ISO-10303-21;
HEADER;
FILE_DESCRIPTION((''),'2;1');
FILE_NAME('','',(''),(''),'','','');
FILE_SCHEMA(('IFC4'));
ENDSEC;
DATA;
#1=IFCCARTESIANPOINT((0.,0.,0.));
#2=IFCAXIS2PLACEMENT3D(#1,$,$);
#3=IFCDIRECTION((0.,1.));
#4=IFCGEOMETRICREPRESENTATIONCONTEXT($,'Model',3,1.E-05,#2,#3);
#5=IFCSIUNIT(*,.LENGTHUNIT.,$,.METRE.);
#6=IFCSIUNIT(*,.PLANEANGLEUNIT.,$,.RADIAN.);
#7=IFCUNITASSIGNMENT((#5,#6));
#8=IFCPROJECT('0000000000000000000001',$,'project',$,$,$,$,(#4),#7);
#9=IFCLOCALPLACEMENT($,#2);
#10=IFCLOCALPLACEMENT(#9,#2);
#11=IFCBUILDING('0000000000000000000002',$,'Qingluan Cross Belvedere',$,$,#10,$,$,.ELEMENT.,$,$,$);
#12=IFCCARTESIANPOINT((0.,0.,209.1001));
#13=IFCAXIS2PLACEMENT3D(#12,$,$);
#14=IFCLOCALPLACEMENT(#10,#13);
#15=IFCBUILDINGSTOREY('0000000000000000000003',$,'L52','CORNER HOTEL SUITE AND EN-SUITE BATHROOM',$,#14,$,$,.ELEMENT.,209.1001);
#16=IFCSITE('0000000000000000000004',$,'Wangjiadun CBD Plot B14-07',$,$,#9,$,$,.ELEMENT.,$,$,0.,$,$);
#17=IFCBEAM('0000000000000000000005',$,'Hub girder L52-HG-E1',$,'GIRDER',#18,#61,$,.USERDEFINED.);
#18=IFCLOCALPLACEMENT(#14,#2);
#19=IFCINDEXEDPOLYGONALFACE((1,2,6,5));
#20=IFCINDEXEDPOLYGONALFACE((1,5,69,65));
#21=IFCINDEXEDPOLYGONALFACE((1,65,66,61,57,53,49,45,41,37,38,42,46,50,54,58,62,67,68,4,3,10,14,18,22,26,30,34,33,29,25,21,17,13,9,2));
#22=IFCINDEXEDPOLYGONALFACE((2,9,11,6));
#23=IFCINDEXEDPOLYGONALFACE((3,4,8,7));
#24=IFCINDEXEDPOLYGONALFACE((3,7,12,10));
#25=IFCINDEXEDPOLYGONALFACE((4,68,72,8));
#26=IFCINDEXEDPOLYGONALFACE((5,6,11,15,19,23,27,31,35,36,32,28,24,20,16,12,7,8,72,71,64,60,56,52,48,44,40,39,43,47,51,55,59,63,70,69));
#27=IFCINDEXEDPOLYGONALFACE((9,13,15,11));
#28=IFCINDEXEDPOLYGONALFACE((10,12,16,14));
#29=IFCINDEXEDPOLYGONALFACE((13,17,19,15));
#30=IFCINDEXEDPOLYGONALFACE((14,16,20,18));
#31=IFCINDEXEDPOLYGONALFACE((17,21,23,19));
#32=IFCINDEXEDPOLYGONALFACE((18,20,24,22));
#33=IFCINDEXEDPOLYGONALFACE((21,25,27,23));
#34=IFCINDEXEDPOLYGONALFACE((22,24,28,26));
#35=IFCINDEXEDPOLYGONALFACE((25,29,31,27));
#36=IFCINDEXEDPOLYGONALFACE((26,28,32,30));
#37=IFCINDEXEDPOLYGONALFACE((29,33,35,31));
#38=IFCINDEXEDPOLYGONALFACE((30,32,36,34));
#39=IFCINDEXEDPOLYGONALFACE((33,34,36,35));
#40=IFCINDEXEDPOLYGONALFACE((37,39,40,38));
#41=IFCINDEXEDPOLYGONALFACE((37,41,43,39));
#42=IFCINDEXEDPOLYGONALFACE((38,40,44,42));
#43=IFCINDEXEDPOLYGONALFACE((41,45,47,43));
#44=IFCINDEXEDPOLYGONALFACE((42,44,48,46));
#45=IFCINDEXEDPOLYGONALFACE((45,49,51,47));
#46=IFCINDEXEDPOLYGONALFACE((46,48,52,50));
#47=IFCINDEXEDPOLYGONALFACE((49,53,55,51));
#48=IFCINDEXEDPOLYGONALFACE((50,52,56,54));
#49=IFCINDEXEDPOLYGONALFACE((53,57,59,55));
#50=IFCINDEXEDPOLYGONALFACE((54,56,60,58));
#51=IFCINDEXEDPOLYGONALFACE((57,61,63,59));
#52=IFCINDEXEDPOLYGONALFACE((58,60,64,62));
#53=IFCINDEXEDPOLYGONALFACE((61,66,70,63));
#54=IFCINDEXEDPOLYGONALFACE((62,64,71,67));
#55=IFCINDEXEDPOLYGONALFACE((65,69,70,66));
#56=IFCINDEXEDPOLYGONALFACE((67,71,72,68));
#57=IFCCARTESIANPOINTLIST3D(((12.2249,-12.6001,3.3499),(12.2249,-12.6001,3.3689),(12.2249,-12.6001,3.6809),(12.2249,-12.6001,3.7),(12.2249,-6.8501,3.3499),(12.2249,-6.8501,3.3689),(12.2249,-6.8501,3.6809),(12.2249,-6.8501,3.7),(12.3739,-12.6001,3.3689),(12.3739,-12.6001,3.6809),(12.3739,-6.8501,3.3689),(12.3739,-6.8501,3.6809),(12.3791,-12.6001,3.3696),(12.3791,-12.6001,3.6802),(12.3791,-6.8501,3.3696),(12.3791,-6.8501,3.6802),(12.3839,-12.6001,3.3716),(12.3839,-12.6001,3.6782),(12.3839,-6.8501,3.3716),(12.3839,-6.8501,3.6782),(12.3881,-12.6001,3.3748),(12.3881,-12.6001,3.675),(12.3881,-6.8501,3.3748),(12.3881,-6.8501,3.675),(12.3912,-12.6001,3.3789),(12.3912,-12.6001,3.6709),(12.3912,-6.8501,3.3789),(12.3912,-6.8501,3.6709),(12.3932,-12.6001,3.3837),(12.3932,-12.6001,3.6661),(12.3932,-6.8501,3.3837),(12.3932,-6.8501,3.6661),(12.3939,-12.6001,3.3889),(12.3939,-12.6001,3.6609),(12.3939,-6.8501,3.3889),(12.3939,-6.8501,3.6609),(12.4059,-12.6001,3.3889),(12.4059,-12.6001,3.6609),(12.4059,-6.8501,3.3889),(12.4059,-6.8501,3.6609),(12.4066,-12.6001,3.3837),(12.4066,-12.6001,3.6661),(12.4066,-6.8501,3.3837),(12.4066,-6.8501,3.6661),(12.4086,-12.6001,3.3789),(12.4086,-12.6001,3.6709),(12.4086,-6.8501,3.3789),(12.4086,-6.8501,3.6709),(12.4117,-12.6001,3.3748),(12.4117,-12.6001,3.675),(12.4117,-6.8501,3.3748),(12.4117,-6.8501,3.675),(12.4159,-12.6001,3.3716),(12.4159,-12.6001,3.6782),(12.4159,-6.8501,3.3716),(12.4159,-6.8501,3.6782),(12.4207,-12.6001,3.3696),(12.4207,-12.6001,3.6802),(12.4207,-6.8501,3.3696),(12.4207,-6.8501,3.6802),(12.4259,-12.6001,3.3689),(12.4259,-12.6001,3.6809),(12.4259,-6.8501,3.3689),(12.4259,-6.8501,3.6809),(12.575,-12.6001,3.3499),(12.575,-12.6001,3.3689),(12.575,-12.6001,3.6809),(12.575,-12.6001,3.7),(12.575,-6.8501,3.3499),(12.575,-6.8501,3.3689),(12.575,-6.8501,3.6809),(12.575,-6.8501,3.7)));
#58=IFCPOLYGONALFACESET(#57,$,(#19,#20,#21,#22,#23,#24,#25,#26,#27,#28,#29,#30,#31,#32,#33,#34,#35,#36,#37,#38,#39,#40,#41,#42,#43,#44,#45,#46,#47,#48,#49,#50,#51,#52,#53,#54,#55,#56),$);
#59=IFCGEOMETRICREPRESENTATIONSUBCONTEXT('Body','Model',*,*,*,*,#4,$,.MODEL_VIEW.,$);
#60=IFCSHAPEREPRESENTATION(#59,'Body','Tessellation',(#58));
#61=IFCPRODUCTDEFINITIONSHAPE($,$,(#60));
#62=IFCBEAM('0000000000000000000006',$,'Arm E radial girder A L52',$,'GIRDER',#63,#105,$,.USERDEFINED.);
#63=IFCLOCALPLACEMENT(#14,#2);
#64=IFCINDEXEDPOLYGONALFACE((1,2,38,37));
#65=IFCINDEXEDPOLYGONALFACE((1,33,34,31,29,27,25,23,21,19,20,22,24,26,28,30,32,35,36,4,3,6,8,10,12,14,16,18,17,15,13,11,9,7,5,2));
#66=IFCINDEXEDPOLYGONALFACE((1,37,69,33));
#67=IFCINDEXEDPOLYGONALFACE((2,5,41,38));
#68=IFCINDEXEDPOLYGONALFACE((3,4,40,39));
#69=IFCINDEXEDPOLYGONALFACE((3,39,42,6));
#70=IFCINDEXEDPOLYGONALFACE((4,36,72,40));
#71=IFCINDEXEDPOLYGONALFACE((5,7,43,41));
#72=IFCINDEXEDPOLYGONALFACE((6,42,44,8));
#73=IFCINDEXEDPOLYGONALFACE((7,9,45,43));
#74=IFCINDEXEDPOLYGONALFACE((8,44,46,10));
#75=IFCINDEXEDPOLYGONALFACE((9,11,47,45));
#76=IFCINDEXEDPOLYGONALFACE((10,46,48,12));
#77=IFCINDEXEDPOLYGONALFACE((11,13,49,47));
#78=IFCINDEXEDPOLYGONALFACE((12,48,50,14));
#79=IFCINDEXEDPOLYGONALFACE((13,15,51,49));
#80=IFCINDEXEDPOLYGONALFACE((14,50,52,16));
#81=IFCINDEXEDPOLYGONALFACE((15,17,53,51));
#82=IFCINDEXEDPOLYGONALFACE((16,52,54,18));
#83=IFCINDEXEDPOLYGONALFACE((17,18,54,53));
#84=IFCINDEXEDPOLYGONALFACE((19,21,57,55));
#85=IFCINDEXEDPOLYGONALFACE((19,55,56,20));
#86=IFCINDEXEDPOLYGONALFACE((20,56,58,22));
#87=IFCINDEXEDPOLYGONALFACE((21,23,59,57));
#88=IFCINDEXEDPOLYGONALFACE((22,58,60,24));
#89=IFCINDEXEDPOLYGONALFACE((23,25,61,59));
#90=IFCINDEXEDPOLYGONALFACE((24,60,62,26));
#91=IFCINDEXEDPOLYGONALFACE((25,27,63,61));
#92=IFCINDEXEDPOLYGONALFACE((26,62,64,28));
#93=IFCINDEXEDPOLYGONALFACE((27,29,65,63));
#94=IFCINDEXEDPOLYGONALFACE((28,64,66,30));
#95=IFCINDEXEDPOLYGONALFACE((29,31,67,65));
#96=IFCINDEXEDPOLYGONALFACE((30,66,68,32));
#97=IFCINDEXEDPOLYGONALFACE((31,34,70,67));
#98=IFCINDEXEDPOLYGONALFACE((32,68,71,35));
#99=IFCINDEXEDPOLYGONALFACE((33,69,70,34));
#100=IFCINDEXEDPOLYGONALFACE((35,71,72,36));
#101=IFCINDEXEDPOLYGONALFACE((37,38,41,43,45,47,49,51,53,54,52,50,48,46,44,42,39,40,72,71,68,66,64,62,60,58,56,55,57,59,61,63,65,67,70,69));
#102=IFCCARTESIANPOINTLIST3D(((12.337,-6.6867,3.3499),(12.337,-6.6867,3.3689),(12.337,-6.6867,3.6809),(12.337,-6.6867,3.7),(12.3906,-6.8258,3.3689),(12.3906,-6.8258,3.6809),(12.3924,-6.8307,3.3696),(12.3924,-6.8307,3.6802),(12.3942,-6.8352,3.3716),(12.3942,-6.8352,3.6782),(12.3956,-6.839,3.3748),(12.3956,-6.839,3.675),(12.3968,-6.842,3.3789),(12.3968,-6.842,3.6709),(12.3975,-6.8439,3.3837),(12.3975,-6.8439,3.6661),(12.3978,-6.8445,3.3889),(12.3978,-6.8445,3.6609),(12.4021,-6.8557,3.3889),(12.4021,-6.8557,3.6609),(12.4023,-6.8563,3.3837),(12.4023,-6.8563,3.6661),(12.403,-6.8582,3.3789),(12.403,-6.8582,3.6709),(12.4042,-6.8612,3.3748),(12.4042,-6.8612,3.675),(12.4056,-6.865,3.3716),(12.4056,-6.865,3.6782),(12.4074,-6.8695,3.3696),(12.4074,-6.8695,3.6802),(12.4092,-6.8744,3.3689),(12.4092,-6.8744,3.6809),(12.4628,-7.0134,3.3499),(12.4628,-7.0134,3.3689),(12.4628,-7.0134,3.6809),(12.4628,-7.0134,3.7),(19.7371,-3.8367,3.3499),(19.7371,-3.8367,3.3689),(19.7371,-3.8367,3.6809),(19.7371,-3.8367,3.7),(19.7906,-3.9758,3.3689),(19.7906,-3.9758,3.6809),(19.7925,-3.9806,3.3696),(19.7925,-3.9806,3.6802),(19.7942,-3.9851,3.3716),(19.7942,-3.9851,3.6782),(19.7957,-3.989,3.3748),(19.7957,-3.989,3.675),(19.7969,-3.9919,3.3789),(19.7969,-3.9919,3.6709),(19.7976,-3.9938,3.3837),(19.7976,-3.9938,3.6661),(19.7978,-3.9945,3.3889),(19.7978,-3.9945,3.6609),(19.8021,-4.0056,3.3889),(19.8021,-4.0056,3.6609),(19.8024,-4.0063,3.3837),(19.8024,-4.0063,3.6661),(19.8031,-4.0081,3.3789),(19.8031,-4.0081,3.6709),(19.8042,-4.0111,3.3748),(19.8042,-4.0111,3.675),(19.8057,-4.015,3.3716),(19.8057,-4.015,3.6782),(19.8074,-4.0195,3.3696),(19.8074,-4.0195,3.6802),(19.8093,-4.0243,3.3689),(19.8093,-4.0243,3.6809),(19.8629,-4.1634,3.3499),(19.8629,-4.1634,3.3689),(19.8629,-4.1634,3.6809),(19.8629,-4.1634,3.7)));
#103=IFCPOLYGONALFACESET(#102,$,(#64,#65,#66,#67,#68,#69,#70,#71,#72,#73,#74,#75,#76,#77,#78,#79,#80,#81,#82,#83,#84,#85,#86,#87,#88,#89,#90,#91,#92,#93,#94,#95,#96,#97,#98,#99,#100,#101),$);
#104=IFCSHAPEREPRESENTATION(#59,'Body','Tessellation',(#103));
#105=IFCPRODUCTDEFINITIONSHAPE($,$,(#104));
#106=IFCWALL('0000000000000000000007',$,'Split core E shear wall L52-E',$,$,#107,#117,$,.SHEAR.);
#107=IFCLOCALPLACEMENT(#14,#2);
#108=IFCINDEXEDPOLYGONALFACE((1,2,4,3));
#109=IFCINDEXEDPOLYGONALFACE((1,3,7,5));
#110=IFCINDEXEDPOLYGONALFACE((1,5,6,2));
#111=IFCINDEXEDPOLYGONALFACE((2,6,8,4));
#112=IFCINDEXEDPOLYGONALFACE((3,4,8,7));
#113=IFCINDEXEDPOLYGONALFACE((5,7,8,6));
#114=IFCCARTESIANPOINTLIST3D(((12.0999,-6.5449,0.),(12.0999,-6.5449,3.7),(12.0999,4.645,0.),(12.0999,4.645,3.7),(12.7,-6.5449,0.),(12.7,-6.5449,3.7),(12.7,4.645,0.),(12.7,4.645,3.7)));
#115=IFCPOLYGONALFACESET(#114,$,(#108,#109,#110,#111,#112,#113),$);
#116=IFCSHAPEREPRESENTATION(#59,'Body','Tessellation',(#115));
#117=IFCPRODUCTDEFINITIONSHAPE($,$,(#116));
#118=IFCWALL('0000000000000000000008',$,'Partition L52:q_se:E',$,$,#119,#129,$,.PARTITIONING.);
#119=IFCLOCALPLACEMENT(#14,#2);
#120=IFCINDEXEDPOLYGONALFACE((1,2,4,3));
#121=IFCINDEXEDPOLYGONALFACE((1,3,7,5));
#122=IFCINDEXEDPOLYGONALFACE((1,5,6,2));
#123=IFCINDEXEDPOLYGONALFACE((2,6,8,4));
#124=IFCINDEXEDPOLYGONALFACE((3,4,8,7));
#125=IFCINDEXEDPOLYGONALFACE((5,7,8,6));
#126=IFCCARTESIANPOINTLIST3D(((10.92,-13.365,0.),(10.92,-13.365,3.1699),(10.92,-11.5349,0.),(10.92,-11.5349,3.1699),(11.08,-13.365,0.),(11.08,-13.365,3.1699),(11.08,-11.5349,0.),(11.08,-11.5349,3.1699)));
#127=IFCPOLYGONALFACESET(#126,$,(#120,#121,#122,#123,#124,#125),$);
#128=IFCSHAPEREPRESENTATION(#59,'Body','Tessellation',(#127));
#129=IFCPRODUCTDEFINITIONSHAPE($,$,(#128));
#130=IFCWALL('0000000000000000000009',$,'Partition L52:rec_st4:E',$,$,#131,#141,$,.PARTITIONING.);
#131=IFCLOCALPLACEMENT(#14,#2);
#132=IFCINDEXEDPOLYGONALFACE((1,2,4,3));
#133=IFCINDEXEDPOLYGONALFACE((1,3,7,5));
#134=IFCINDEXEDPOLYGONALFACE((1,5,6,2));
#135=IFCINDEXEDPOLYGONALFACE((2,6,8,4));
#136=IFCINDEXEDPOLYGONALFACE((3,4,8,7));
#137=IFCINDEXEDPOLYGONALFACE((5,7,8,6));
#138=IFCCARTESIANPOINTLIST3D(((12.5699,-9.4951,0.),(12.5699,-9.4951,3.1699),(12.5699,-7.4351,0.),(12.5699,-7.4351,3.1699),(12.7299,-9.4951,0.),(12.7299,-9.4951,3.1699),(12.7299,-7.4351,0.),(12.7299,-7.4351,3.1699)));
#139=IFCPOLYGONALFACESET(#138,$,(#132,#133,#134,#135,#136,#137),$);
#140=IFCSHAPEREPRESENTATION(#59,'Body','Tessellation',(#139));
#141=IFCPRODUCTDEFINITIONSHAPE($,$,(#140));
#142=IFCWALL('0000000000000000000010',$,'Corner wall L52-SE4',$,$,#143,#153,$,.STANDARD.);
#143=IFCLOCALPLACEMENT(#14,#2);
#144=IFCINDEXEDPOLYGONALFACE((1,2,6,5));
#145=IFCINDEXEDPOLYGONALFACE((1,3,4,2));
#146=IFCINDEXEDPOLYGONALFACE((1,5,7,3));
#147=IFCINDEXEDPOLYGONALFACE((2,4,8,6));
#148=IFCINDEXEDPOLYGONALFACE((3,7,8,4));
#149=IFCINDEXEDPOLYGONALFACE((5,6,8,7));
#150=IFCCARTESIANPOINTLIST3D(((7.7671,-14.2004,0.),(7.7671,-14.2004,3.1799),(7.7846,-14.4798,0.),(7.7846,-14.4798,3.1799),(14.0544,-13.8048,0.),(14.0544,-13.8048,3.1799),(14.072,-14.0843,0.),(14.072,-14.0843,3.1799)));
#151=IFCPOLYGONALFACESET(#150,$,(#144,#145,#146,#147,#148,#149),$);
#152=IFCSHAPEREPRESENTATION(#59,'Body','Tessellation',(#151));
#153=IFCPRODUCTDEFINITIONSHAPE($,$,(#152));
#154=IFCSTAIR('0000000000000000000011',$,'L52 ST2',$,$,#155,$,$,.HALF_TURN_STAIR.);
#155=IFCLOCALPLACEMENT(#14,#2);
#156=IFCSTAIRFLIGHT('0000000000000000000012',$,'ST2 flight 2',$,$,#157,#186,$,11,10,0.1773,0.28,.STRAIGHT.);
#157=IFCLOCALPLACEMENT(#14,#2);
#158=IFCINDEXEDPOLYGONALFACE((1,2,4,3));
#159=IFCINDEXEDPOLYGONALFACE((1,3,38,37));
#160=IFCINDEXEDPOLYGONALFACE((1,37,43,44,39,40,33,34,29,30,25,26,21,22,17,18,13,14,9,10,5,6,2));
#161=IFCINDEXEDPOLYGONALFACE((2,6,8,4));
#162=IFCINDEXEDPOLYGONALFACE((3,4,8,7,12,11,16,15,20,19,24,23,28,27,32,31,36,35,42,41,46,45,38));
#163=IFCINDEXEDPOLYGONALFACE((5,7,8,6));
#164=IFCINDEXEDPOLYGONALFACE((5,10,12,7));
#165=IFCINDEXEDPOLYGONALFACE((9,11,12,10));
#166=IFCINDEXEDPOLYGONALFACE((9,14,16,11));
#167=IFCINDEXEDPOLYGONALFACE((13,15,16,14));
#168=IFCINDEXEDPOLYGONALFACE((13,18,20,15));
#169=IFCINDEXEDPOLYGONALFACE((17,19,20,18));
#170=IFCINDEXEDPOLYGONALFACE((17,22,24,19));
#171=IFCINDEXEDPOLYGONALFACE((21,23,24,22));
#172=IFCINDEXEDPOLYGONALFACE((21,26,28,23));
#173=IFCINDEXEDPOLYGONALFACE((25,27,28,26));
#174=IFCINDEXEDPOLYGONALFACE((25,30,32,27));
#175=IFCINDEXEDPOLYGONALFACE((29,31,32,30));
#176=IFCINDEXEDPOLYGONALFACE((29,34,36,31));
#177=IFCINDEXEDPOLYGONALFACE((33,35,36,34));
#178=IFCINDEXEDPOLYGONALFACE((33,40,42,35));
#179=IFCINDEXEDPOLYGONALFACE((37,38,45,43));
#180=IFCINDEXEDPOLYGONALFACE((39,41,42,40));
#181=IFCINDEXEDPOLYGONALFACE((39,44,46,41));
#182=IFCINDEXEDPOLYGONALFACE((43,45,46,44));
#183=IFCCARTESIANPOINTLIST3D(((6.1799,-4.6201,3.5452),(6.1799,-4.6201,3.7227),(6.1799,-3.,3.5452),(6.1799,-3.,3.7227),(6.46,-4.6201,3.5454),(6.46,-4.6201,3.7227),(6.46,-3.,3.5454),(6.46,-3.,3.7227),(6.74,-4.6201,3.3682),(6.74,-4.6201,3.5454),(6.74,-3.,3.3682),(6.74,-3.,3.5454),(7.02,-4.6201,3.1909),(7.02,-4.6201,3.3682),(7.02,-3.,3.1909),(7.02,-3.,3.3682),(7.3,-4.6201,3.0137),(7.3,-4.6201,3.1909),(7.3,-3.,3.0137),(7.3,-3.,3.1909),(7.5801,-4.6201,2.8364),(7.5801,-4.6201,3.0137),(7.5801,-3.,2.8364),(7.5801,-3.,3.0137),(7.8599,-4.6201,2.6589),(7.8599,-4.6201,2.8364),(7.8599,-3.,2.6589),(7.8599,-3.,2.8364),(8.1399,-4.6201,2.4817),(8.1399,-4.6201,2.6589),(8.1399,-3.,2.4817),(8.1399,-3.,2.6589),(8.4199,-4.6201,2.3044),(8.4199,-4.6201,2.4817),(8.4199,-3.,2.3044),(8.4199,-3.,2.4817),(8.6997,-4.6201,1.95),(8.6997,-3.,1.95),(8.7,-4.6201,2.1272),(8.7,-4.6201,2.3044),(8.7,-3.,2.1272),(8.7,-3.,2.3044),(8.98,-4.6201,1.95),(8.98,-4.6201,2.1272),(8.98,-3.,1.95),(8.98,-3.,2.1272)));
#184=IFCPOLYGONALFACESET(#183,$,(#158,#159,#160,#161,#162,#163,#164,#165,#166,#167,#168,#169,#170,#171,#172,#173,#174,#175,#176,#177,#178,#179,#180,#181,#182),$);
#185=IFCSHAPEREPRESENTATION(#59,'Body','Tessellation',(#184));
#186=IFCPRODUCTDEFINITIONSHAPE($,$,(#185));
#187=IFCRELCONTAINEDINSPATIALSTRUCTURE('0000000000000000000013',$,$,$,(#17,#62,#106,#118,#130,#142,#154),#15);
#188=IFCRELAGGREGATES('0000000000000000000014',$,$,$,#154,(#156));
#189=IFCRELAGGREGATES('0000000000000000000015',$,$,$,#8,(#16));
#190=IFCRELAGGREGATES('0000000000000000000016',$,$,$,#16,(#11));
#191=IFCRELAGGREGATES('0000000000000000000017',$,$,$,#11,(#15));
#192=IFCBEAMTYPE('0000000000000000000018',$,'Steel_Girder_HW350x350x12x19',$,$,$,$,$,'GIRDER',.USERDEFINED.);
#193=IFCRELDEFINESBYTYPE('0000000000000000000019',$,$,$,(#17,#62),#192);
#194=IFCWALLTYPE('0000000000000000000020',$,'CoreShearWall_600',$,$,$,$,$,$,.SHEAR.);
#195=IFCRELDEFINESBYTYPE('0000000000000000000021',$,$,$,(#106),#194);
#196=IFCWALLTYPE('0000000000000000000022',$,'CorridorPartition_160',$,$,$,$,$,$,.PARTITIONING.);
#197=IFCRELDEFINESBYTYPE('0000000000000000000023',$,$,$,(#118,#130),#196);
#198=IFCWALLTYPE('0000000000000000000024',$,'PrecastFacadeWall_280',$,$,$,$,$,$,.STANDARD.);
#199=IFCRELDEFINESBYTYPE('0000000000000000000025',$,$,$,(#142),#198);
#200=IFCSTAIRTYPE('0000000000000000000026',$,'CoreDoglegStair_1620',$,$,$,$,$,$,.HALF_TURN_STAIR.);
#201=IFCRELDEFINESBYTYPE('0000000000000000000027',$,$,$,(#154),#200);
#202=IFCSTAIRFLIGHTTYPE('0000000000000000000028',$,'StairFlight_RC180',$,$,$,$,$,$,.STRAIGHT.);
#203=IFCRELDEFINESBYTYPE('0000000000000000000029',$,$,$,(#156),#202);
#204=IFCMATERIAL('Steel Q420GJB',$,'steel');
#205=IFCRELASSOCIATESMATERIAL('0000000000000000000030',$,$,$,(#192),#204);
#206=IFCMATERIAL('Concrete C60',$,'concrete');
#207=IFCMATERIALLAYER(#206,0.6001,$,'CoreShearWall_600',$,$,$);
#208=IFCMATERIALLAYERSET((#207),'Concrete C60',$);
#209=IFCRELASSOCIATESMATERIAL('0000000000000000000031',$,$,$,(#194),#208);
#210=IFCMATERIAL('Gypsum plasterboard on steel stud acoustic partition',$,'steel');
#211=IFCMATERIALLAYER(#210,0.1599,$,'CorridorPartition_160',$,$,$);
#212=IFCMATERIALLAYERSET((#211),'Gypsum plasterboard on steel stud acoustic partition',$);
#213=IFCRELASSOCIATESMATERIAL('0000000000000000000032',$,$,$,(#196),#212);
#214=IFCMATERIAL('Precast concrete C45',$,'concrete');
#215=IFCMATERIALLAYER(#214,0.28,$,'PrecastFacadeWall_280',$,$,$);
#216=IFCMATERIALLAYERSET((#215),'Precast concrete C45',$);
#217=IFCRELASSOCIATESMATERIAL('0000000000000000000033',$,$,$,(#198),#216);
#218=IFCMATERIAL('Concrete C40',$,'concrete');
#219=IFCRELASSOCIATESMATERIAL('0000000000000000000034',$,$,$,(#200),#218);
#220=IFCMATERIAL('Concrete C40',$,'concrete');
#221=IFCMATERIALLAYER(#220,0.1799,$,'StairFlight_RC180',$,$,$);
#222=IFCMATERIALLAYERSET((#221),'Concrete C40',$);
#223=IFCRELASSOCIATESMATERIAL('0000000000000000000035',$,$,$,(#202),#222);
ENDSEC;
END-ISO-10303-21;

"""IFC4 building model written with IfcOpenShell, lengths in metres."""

from ifc_helpers import new_model, si_unit, direction, frame, frame_2d, origin, origin_2d, place, context, subcontext, project, spatial, polyline, rectangle, i_section, outline, extrude, material, layer, layer_set, material_profile, profile_set, type_object, element, aggregate, save


model = new_model("IFC4")

# Units and contexts
model_context = context("Model", 3, precision=1e-05, world=origin(), true_north=direction((0.0, 1.0)))
body_context = subcontext(model_context, "Body", "Model", "MODEL_VIEW")
ifc_project = project(units=[si_unit("LENGTHUNIT", "METRE"), si_unit("PLANEANGLEUNIT", "RADIAN")], contexts=[model_context])

# Site, building, storey
site_placement = place(None, origin())
site = spatial("IfcSite", under=ifc_project, at=site_placement, Name="Wangjiadun CBD Plot B14-07", CompositionType="ELEMENT", RefElevation=0.0)
building_placement = place(site_placement, origin())
building = spatial("IfcBuilding", under=site, at=building_placement, Name="Qingluan Cross Belvedere", CompositionType="ELEMENT")
storey_placement = place(building_placement, frame((0.0, 0.0, 209.1001)))
storey = spatial("IfcBuildingStorey", under=building, at=storey_placement, Name="L52", Description="CORNER HOTEL SUITE AND EN-SUITE BATHROOM", CompositionType="ELEMENT", Elevation=209.1001)

# Beams
ifc_material_1 = material(Name="Steel Q420GJB", Category="steel")
ifc_material_profile_1 = material_profile(ifc_material_1, i_section(OverallWidth=0.3501, OverallDepth=0.3501, WebThickness=0.012, FlangeThickness=0.019, FilletRadius=0.02, at=origin_2d()), Name="HW350x350x12x19")
ifc_profile_set_1 = profile_set([ifc_material_profile_1], Name="Steel Q420GJB")
beam_type_1 = type_object("IfcBeamType", Name="Steel_Girder_HW350x350x12x19", ElementType="GIRDER", PredefinedType="USERDEFINED", material=ifc_profile_set_1)
beam_1_placement = place(storey_placement, frame((12.3999, -12.6001, 3.5249), z_axis=(0.0, 1.0, 0.0), x_axis=(-1.0, 0.0, 0.0)))
element("IfcBeam", 1, at=beam_1_placement, inside=storey, type_object=beam_type_1, Name="Hub girder L52-HG-E1", ObjectType="GIRDER", PredefinedType="USERDEFINED", context=body_context, shape_type="SweptSolid", body=[
    extrude(i_section(OverallWidth=0.3501, OverallDepth=0.3501, WebThickness=0.012, FlangeThickness=0.019, FilletRadius=0.02, at=origin_2d()), origin(), (0.0, 0.0, 1.0), 5.75),
])
beam_2_placement = place(storey_placement, frame((12.3999, -6.8501, 3.5249), z_axis=(0.933181, 0.359406, 0.0), x_axis=(-0.359406, 0.933181, 0.0)))
element("IfcBeam", 2, at=beam_2_placement, inside=storey, type_object=beam_type_1, Name="Arm E radial girder A L52", ObjectType="GIRDER", PredefinedType="USERDEFINED", context=body_context, shape_type="SweptSolid", body=[
    extrude(i_section(OverallWidth=0.3501, OverallDepth=0.3501, WebThickness=0.012, FlangeThickness=0.019, FilletRadius=0.02, at=origin_2d()), origin(), (0.0, 0.0, 1.0), 7.9299),
])

# Walls
ifc_material_2 = material(Name="Concrete C60", Category="concrete")
ifc_layer_1 = layer(ifc_material_2, 0.6001, Name="CoreShearWall_600")
ifc_layer_set_1 = layer_set([ifc_layer_1], Name="Concrete C60")
wall_type_1 = type_object("IfcWallType", Name="CoreShearWall_600", PredefinedType="SHEAR", material=ifc_layer_set_1)
wall_1_placement = place(storey_placement, frame((12.3999, -6.5449, 0.0), z_axis=(0.0, 0.0, 1.0), x_axis=(0.0, 1.0, 0.0)))
element("IfcWall", 3, at=wall_1_placement, inside=storey, type_object=wall_type_1, Name="Split core E shear wall L52-E", PredefinedType="SHEAR", context=body_context, shape_type="SweptSolid", body=[
    extrude(rectangle(XDim=11.1899, YDim=0.6001, at=frame_2d((5.595, 0.0))), origin(), (0.0, 0.0, 1.0), 3.7),
])
ifc_material_3 = material(Name="Gypsum plasterboard on steel stud acoustic partition", Category="steel")
ifc_layer_2 = layer(ifc_material_3, 0.1599, Name="CorridorPartition_160")
ifc_layer_set_2 = layer_set([ifc_layer_2], Name="Gypsum plasterboard on steel stud acoustic partition")
wall_type_2 = type_object("IfcWallType", Name="CorridorPartition_160", PredefinedType="PARTITIONING", material=ifc_layer_set_2)
wall_2_placement = place(storey_placement, frame((11.0, -13.365, 0.0), z_axis=(0.0, 0.0, 1.0), x_axis=(0.0, 1.0, 0.0)))
element("IfcWall", 4, at=wall_2_placement, inside=storey, type_object=wall_type_2, Name="Partition L52:q_se:E", PredefinedType="PARTITIONING", context=body_context, shape_type="SweptSolid", body=[
    extrude(rectangle(XDim=1.8301, YDim=0.1599, at=frame_2d((0.915, 0.0))), origin(), (0.0, 0.0, 1.0), 3.1699),
])
wall_3_placement = place(storey_placement, frame((12.6499, -9.4951, 0.0), z_axis=(0.0, 0.0, 1.0), x_axis=(0.0, 1.0, 0.0)))
element("IfcWall", 5, at=wall_3_placement, inside=storey, type_object=wall_type_2, Name="Partition L52:rec_st4:E", PredefinedType="PARTITIONING", context=body_context, shape_type="SweptSolid", body=[
    extrude(rectangle(XDim=2.0601, YDim=0.1599, at=frame_2d((1.03, 0.0))), origin(), (0.0, 0.0, 1.0), 3.1699),
])
ifc_material_4 = material(Name="Precast concrete C45", Category="concrete")
ifc_layer_3 = layer(ifc_material_4, 0.28, Name="PrecastFacadeWall_280")
ifc_layer_set_3 = layer_set([ifc_layer_3], Name="Precast concrete C45")
wall_type_3 = type_object("IfcWallType", Name="PrecastFacadeWall_280", PredefinedType="STANDARD", material=ifc_layer_set_3)
wall_4_placement = place(storey_placement, frame((14.0632, -13.9446, 0.0), z_axis=(0.0, 0.0, 1.0), x_axis=(-0.998027, -0.062781, 0.0)))
element("IfcWall", 6, at=wall_4_placement, inside=storey, type_object=wall_type_3, Name="Corner wall L52-SE4", PredefinedType="STANDARD", context=body_context, shape_type="SweptSolid", body=[
    extrude(rectangle(XDim=6.2998, YDim=0.28, at=frame_2d((3.1499, 0.0))), origin(), (0.0, 0.0, 1.0), 3.1799),
])

# Stair, stair flight
ifc_material_5 = material(Name="Concrete C40", Category="concrete")
stair_type = type_object("IfcStairType", Name="CoreDoglegStair_1620", PredefinedType="HALF_TURN_STAIR", material=ifc_material_5)
stair_placement = place(storey_placement, origin())
stair = element("IfcStair", 7, at=stair_placement, inside=storey, type_object=stair_type, Name="L52 ST2", PredefinedType="HALF_TURN_STAIR")
ifc_material_6 = material(Name="Concrete C40", Category="concrete")
ifc_layer_4 = layer(ifc_material_6, 0.1799, Name="StairFlight_RC180")
ifc_layer_set_4 = layer_set([ifc_layer_4], Name="Concrete C40")
stair_flight_type = type_object("IfcStairFlightType", Name="StairFlight_RC180", PredefinedType="STRAIGHT", material=ifc_layer_set_4)
stair_flight_placement = place(storey_placement, frame((8.98, -3.8101, 1.95), z_axis=(0.0, 0.0, 1.0), x_axis=(-1.0, 0.0, 0.0)))
stair_flight = element("IfcStairFlight", 8, at=stair_flight_placement, type_object=stair_flight_type, Name="ST2 flight 2", NumberOfRisers=11, NumberOfTreads=10, PredefinedType="STRAIGHT", RiserHeight=0.1773, TreadLength=0.28, context=body_context, shape_type="SweptSolid", body=[
    extrude(outline(polyline([(0.0, 0.0), (0.0, 0.1772), (0.28, 0.1772), (0.28, 0.3545), (0.5601, 0.3545), (0.5601, 0.5317), (0.8401, 0.5317), (0.8401, 0.709), (1.1201, 0.709), (1.1201, 0.8865), (1.3999, 0.8865), (1.3999, 1.0637), (1.6799, 1.0637), (1.6799, 1.241), (1.96, 1.241), (1.96, 1.4182), (2.24, 1.4182), (2.24, 1.5955), (2.52, 1.5955), (2.52, 1.7727), (2.8, 1.7727), (2.8, 1.95), (2.8, 1.5952), (0.2803, 0.0), (0.0, 0.0)])), frame((0.0, 0.8101, 0.0), z_axis=(0.0, -1.0, 0.0), x_axis=(1.0, 0.0, 0.0)), (0.0, 0.0, 1.0), 1.6201),
])
aggregate(stair, [stair_flight])

save(model, "model.ifc")
